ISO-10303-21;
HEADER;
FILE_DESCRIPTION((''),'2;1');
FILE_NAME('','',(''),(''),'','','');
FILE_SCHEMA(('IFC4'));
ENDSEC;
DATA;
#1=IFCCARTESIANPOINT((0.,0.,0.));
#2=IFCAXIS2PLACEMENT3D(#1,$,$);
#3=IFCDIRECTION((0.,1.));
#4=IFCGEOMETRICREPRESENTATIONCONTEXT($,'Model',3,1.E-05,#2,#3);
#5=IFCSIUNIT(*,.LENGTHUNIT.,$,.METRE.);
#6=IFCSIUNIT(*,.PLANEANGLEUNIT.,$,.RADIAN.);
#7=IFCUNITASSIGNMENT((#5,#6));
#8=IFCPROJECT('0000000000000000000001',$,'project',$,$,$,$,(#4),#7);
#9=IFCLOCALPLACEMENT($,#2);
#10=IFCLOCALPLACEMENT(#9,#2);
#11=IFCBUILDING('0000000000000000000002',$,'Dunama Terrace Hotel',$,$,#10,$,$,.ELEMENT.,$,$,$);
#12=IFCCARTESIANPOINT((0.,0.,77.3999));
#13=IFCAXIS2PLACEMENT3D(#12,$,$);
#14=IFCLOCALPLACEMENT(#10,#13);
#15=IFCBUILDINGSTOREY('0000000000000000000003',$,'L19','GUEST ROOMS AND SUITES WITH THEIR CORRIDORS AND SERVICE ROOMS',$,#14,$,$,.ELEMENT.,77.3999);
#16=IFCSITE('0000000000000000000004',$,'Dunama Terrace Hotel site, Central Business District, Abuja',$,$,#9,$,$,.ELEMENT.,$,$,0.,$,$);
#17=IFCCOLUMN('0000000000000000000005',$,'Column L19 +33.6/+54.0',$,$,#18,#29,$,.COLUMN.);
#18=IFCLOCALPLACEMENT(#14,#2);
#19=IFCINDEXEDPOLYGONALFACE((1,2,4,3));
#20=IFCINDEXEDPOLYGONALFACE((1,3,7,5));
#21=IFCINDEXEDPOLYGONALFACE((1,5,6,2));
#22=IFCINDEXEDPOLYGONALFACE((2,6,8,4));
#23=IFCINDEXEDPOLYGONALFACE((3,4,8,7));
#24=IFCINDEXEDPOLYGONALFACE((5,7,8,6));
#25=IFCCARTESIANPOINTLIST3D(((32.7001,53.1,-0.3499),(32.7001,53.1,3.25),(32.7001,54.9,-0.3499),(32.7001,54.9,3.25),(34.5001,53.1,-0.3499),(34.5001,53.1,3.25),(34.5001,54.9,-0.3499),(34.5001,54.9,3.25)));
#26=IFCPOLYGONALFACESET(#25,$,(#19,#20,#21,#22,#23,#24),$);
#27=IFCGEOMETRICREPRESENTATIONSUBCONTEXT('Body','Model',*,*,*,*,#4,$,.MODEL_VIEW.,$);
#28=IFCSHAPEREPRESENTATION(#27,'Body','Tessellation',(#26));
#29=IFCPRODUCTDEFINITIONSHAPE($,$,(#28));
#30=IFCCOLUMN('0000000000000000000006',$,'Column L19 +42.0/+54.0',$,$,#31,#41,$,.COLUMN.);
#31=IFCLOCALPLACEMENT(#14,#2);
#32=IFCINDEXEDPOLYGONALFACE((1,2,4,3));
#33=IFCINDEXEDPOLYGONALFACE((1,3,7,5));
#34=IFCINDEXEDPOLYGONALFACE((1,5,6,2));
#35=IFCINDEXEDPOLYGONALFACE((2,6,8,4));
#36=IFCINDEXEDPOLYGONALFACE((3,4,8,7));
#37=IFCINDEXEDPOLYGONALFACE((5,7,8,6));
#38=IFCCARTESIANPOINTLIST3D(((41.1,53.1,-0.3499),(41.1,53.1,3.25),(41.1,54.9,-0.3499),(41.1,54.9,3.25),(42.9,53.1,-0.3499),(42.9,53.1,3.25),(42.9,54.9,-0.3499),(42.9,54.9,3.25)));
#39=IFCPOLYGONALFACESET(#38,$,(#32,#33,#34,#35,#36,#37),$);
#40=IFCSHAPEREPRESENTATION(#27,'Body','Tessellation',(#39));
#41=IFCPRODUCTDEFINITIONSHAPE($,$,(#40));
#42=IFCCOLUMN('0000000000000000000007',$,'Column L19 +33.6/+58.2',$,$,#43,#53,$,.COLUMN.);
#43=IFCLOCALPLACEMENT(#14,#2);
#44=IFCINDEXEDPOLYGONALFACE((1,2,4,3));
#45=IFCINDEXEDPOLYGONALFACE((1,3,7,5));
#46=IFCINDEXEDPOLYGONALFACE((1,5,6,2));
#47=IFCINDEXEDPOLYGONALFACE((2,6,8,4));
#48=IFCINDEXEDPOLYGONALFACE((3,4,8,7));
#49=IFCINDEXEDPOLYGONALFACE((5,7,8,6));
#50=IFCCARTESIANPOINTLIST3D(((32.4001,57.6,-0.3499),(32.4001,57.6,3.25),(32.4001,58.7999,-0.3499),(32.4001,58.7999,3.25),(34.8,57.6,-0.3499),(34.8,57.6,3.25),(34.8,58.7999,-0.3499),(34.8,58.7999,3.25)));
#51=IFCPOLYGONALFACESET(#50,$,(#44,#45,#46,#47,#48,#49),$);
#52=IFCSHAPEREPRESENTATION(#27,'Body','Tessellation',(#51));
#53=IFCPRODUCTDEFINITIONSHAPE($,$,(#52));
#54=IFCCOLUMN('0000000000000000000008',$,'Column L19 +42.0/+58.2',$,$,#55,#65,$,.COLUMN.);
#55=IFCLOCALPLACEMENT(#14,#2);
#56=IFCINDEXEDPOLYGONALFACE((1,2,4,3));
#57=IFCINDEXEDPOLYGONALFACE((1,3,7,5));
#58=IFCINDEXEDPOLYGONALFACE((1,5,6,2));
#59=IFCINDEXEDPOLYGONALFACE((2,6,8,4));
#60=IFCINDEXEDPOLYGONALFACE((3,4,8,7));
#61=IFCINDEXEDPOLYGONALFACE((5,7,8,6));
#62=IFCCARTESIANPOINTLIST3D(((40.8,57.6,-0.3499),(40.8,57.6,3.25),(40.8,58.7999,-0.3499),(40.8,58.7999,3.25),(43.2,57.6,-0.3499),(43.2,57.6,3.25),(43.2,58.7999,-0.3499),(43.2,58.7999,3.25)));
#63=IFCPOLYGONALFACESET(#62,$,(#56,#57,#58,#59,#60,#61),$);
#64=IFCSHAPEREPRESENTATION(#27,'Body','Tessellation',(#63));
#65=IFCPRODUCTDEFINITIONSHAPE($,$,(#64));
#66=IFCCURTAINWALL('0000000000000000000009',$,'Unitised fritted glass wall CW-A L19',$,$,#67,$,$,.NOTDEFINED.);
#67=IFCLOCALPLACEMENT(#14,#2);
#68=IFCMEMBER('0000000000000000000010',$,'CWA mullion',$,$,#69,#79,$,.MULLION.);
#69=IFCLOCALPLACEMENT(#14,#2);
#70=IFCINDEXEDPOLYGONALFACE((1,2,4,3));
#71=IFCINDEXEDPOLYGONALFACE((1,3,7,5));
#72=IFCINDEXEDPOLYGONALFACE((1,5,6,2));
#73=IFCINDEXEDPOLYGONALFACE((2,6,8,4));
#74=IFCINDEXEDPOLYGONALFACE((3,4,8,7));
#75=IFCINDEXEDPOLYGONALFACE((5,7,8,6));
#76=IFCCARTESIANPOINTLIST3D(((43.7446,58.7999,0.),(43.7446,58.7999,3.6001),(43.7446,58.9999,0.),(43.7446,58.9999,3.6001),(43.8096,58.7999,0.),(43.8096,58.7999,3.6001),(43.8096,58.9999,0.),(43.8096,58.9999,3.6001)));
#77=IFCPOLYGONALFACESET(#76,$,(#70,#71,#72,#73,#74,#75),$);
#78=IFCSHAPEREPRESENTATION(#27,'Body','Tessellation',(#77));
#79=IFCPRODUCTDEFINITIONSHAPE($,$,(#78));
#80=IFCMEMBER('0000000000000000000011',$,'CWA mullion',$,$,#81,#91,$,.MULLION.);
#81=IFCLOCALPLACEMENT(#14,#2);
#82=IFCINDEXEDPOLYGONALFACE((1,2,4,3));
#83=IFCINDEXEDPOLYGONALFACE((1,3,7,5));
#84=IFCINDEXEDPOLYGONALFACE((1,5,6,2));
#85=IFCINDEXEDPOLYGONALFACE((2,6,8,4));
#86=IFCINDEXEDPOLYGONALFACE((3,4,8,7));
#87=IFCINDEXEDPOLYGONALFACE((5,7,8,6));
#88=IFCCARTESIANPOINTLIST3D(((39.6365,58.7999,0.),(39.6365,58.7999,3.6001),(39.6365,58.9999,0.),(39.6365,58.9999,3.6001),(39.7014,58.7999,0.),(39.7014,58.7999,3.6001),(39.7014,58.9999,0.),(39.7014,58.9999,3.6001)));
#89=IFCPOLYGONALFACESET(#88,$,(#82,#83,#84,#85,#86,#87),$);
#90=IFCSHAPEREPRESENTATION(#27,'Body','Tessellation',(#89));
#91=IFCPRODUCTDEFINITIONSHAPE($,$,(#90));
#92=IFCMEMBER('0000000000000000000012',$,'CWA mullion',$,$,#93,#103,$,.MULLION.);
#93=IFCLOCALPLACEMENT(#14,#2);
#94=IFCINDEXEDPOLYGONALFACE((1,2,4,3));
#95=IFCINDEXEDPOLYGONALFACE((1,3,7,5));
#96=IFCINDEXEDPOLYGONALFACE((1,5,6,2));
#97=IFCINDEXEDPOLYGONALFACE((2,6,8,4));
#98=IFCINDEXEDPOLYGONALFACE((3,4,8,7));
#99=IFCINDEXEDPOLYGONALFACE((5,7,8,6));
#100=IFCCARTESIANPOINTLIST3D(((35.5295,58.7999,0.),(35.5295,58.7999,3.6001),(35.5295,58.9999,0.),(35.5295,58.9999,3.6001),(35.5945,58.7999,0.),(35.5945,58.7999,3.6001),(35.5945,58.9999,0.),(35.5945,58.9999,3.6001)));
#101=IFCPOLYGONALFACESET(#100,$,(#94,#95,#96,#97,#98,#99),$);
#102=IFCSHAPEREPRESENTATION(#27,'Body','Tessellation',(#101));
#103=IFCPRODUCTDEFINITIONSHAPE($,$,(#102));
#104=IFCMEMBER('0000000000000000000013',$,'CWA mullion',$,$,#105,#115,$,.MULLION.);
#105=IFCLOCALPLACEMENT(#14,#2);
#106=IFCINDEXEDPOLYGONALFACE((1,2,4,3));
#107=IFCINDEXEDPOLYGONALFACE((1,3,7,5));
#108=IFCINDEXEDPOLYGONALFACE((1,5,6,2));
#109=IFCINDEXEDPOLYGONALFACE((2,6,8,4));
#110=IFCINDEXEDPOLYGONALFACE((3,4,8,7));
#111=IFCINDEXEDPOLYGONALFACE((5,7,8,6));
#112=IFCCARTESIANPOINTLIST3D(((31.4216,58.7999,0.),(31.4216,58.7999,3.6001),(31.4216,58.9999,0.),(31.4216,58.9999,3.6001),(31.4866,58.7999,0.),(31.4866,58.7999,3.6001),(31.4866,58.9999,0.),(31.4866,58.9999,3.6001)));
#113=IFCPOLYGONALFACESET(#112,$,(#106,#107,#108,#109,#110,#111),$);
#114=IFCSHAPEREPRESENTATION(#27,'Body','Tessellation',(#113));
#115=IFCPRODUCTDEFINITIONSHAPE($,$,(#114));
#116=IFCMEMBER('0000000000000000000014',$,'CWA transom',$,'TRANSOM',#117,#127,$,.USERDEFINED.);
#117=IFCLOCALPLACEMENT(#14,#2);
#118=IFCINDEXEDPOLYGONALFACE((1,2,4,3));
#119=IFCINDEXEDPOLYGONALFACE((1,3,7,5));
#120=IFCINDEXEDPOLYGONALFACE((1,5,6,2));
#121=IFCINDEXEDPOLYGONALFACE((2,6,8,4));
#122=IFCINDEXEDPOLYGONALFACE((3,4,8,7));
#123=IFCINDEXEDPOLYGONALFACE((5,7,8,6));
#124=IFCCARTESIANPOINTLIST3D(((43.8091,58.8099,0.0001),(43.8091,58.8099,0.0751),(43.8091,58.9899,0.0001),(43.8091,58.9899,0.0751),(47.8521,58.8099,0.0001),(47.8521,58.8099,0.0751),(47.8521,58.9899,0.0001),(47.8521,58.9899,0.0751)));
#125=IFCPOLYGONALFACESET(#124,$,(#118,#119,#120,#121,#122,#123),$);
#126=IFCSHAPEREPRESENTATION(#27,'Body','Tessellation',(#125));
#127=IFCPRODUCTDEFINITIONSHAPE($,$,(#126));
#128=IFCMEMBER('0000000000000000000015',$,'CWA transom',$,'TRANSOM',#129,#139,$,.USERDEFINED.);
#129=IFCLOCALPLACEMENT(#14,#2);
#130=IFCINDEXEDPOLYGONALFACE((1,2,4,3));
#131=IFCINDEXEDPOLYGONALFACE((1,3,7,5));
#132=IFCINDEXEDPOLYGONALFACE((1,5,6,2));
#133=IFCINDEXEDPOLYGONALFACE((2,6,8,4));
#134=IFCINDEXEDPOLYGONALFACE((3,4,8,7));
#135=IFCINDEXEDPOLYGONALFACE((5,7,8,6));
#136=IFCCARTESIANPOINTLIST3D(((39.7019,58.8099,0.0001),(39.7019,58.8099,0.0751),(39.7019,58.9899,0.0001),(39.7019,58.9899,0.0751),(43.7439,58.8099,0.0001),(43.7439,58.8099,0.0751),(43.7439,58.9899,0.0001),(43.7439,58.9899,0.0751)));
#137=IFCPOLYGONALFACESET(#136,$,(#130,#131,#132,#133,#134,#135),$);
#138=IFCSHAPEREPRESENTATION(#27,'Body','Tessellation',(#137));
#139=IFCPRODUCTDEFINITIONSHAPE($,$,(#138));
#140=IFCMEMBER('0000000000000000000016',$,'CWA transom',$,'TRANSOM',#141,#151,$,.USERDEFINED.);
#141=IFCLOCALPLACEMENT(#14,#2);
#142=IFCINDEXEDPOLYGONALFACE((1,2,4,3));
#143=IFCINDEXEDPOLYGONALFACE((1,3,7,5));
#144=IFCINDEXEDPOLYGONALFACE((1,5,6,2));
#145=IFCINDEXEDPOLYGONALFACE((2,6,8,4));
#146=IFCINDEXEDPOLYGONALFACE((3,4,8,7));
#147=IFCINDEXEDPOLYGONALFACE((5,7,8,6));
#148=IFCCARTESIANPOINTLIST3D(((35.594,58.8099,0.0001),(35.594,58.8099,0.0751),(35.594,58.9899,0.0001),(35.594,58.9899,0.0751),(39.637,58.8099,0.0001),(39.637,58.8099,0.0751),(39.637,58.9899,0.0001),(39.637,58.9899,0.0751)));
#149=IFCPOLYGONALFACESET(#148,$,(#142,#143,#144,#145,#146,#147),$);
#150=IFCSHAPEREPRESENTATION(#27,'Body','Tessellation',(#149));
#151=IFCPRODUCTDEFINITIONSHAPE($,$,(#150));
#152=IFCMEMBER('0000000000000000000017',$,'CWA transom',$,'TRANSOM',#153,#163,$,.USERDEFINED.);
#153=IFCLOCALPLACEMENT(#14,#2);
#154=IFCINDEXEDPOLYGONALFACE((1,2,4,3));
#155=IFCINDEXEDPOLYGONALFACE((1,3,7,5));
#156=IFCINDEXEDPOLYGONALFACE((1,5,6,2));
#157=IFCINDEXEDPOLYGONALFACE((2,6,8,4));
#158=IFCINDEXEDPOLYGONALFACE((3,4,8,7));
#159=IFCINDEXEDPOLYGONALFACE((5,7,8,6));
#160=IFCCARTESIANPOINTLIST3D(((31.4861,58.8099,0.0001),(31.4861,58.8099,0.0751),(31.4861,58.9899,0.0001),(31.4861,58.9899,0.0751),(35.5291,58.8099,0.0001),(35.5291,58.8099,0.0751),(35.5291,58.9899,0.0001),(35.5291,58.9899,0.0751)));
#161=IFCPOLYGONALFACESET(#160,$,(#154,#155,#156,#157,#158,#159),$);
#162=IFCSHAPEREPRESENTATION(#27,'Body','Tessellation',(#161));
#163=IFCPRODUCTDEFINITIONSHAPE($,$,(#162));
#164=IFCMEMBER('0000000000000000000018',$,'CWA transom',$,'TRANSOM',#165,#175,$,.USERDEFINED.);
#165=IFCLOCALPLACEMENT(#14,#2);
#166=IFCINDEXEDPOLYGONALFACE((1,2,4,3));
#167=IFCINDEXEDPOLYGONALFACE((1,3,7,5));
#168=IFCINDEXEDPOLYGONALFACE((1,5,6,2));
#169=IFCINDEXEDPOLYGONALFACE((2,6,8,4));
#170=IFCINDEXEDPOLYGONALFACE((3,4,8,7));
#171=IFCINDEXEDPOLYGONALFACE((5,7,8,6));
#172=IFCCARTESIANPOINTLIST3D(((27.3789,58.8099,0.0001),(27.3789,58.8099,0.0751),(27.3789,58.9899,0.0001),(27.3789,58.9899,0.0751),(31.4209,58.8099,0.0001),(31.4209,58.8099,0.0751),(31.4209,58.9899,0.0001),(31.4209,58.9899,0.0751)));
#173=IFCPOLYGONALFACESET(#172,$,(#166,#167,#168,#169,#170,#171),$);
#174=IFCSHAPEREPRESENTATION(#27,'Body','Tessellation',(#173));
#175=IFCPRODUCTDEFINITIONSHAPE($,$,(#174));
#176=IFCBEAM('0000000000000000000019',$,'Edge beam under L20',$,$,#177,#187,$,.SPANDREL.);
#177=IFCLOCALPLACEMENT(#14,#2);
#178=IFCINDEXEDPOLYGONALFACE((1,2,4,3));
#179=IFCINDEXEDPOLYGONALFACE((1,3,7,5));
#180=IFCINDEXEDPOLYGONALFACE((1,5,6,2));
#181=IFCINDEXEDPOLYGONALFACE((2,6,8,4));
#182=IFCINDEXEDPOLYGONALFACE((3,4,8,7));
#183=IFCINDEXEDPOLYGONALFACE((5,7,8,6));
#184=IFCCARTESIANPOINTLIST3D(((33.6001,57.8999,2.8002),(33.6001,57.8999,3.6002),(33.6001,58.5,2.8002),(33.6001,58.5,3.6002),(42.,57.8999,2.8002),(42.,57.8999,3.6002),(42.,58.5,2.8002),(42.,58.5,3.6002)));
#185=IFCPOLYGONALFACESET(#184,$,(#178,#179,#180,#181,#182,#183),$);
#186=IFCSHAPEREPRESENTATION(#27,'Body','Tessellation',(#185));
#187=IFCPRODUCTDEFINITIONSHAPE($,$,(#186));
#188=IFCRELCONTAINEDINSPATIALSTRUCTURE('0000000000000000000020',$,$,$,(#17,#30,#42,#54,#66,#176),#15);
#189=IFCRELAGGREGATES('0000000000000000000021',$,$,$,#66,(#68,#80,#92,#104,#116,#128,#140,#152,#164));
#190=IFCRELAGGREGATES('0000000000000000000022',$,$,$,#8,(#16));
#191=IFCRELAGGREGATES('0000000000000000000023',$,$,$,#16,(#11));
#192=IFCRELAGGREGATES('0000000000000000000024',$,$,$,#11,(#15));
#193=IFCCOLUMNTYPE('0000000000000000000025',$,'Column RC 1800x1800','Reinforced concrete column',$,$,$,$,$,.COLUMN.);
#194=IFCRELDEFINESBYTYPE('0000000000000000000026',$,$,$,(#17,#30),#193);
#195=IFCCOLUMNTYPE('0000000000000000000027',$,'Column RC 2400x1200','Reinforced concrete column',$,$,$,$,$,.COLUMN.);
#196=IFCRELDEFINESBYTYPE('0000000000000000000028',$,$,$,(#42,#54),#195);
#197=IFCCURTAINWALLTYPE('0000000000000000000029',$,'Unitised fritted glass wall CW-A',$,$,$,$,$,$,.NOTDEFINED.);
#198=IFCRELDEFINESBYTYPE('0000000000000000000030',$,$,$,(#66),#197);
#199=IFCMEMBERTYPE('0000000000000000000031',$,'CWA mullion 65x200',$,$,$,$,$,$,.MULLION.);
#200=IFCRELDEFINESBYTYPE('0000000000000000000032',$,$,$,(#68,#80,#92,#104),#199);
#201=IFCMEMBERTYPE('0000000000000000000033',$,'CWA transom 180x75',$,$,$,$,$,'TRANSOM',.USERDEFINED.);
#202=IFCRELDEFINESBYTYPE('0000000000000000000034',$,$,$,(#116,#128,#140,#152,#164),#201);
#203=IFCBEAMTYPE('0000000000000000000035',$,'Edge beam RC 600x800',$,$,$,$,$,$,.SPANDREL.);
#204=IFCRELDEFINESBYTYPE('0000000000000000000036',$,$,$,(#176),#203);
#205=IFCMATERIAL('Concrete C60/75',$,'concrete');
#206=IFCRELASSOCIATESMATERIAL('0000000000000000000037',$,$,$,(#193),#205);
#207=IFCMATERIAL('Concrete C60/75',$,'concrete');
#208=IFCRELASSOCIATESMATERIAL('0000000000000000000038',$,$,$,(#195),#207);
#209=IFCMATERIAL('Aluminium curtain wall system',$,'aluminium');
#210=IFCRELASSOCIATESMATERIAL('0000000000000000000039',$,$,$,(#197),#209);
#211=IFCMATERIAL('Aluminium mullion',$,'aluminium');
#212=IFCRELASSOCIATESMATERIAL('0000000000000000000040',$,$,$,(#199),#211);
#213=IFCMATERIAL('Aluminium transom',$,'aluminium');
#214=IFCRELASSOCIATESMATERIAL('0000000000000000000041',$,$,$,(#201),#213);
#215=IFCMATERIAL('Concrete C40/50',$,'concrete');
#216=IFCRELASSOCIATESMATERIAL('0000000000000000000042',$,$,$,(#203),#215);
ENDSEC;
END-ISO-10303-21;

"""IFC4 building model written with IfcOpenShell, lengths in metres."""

from ifc_helpers import new_model, si_unit, direction, frame, origin, origin_2d, place, context, subcontext, project, spatial, rectangle, extrude, material, material_profile, profile_set, type_object, element, aggregate, save


model = new_model("IFC4")

# Units and contexts
model_context = context("Model", 3, precision=1e-05, world=origin(), true_north=direction((0.0, 1.0)))
body_context = subcontext(model_context, "Body", "Model", "MODEL_VIEW")
ifc_project = project(units=[si_unit("LENGTHUNIT", "METRE"), si_unit("PLANEANGLEUNIT", "RADIAN")], contexts=[model_context])

# Site, building, storey
site_placement = place(None, origin())
site = spatial("IfcSite", under=ifc_project, at=site_placement, Name="Dunama Terrace Hotel site, Central Business District, Abuja", CompositionType="ELEMENT", RefElevation=0.0)
building_placement = place(site_placement, origin())
building = spatial("IfcBuilding", under=site, at=building_placement, Name="Dunama Terrace Hotel", CompositionType="ELEMENT")
storey_placement = place(building_placement, frame((0.0, 0.0, 77.3999)))
storey = spatial("IfcBuildingStorey", under=building, at=storey_placement, Name="L19", Description="GUEST ROOMS AND SUITES WITH THEIR CORRIDORS AND SERVICE ROOMS", CompositionType="ELEMENT", Elevation=77.3999)

# Columns
ifc_material_1 = material(Name="Concrete C60/75", Category="concrete")
ifc_material_profile_1 = material_profile(ifc_material_1, rectangle(XDim=1.8, YDim=1.8, at=origin_2d()), Name="RC 1800x1800")
ifc_profile_set_1 = profile_set([ifc_material_profile_1], Name="Concrete C60/75")
column_type_1 = type_object("IfcColumnType", Name="Column RC 1800x1800", Description="Reinforced concrete column", PredefinedType="COLUMN", material=ifc_profile_set_1)
for number, where, z_axis, x_axis, name in (
    (1, (33.6001, 54.0, -0.3499), (0.0, 0.0, 1.0), (1.0, 0.0, 0.0), "Column L19 +33.6/+54.0"),
    (2, (42.0, 54.0, -0.3499), (0.0, 0.0, 1.0), (1.0, 0.0, 0.0), "Column L19 +42.0/+54.0"),
):
    element("IfcColumn", number, at=place(storey_placement, frame(where, z_axis=z_axis, x_axis=x_axis)), inside=storey, type_object=column_type_1, Name=name, PredefinedType="COLUMN", context=body_context, shape_type="SweptSolid", body=[
        extrude(rectangle(XDim=1.8, YDim=1.8, at=origin_2d()), origin(), (0.0, 0.0, 1.0), 3.5999),
    ])
ifc_material_2 = material(Name="Concrete C60/75", Category="concrete")
ifc_material_profile_2 = material_profile(ifc_material_2, rectangle(XDim=2.3999, YDim=1.2, at=origin_2d()), Name="RC 2400x1200")
ifc_profile_set_2 = profile_set([ifc_material_profile_2], Name="Concrete C60/75")
column_type_2 = type_object("IfcColumnType", Name="Column RC 2400x1200", Description="Reinforced concrete column", PredefinedType="COLUMN", material=ifc_profile_set_2)
for number, where, z_axis, x_axis, name in (
    (3, (33.6001, 58.2, -0.3499), (0.0, 0.0, 1.0), (1.0, 0.0, 0.0), "Column L19 +33.6/+58.2"),
    (4, (42.0, 58.2, -0.3499), (0.0, 0.0, 1.0), (1.0, 0.0, 0.0), "Column L19 +42.0/+58.2"),
):
    element("IfcColumn", number, at=place(storey_placement, frame(where, z_axis=z_axis, x_axis=x_axis)), inside=storey, type_object=column_type_2, Name=name, PredefinedType="COLUMN", context=body_context, shape_type="SweptSolid", body=[
        extrude(rectangle(XDim=2.3999, YDim=1.2, at=origin_2d()), origin(), (0.0, 0.0, 1.0), 3.5999),
    ])

# Curtain wall, members
ifc_material_3 = material(Name="Aluminium curtain wall system", Category="aluminium")
curtain_wall_type = type_object("IfcCurtainWallType", Name="Unitised fritted glass wall CW-A", PredefinedType="NOTDEFINED", material=ifc_material_3)
curtain_wall_placement = place(storey_placement, origin())
curtain_wall = element("IfcCurtainWall", 5, at=curtain_wall_placement, inside=storey, type_object=curtain_wall_type, Name="Unitised fritted glass wall CW-A L19", PredefinedType="NOTDEFINED")
ifc_material_4 = material(Name="Aluminium mullion", Category="aluminium")
ifc_material_profile_3 = material_profile(ifc_material_4, rectangle(XDim=0.0649, YDim=0.2, at=origin_2d()), Name="CWA MULLION 65X200")
ifc_profile_set_3 = profile_set([ifc_material_profile_3], Name="Aluminium mullion")
member_type_1 = type_object("IfcMemberType", Name="CWA mullion 65x200", PredefinedType="MULLION", material=ifc_profile_set_3)
member_1_placement = place(storey_placement, frame((43.7771, 58.8999, 0.0), z_axis=(0.0, 0.0, 1.0), x_axis=(-1.0, 0.0, 0.0)))
member_1 = element("IfcMember", 6, at=member_1_placement, type_object=member_type_1, Name="CWA mullion", PredefinedType="MULLION", context=body_context, shape_type="SweptSolid", body=[
    extrude(rectangle(XDim=0.0649, YDim=0.2, at=origin_2d()), origin(), (0.0, 0.0, 1.0), 3.6001),
])
member_2_placement = place(storey_placement, frame((39.6689, 58.8999, 0.0), z_axis=(0.0, 0.0, 1.0), x_axis=(-1.0, 0.0, 0.0)))
member_2 = element("IfcMember", 7, at=member_2_placement, type_object=member_type_1, Name="CWA mullion", PredefinedType="MULLION", context=body_context, shape_type="SweptSolid", body=[
    extrude(rectangle(XDim=0.0649, YDim=0.2, at=origin_2d()), origin(), (0.0, 0.0, 1.0), 3.6001),
])
member_3_placement = place(storey_placement, frame((35.562, 58.8999, 0.0), z_axis=(0.0, 0.0, 1.0), x_axis=(-1.0, 0.0, 0.0)))
member_3 = element("IfcMember", 8, at=member_3_placement, type_object=member_type_1, Name="CWA mullion", PredefinedType="MULLION", context=body_context, shape_type="SweptSolid", body=[
    extrude(rectangle(XDim=0.0649, YDim=0.2, at=origin_2d()), origin(), (0.0, 0.0, 1.0), 3.6001),
])
member_4_placement = place(storey_placement, frame((31.4541, 58.8999, 0.0), z_axis=(0.0, 0.0, 1.0), x_axis=(-1.0, 0.0, 0.0)))
member_4 = element("IfcMember", 9, at=member_4_placement, type_object=member_type_1, Name="CWA mullion", PredefinedType="MULLION", context=body_context, shape_type="SweptSolid", body=[
    extrude(rectangle(XDim=0.0649, YDim=0.2, at=origin_2d()), origin(), (0.0, 0.0, 1.0), 3.6001),
])
ifc_material_5 = material(Name="Aluminium transom", Category="aluminium")
ifc_material_profile_4 = material_profile(ifc_material_5, rectangle(XDim=0.1799, YDim=0.075, at=origin_2d()), Name="CWA TRANSOM 180X75")
ifc_profile_set_4 = profile_set([ifc_material_profile_4], Name="Aluminium transom")
member_type_2 = type_object("IfcMemberType", Name="CWA transom 180x75", ElementType="TRANSOM", PredefinedType="USERDEFINED", material=ifc_profile_set_4)
member_5_placement = place(storey_placement, frame((47.8521, 58.8999, 0.0376), z_axis=(-1.0, 0.0, 0.0), x_axis=(0.0, -1.0, 0.0)))
member_5 = element("IfcMember", 10, at=member_5_placement, type_object=member_type_2, Name="CWA transom", ObjectType="TRANSOM", PredefinedType="USERDEFINED", context=body_context, shape_type="SweptSolid", body=[
    extrude(rectangle(XDim=0.1799, YDim=0.075, at=origin_2d()), origin(), (0.0, 0.0, 1.0), 4.043),
])
member_6_placement = place(storey_placement, frame((43.7439, 58.8999, 0.0376), z_axis=(-1.0, 0.0, 0.0), x_axis=(0.0, -1.0, 0.0)))
member_6 = element("IfcMember", 11, at=member_6_placement, type_object=member_type_2, Name="CWA transom", ObjectType="TRANSOM", PredefinedType="USERDEFINED", context=body_context, shape_type="SweptSolid", body=[
    extrude(rectangle(XDim=0.1799, YDim=0.075, at=origin_2d()), origin(), (0.0, 0.0, 1.0), 4.042),
])
member_7_placement = place(storey_placement, frame((39.637, 58.8999, 0.0376), z_axis=(-1.0, 0.0, 0.0), x_axis=(0.0, -1.0, 0.0)))
member_7 = element("IfcMember", 12, at=member_7_placement, type_object=member_type_2, Name="CWA transom", ObjectType="TRANSOM", PredefinedType="USERDEFINED", context=body_context, shape_type="SweptSolid", body=[
    extrude(rectangle(XDim=0.1799, YDim=0.075, at=origin_2d()), origin(), (0.0, 0.0, 1.0), 4.043),
])
member_8_placement = place(storey_placement, frame((35.5291, 58.8999, 0.0376), z_axis=(-1.0, 0.0, 0.0), x_axis=(0.0, -1.0, 0.0)))
member_8 = element("IfcMember", 13, at=member_8_placement, type_object=member_type_2, Name="CWA transom", ObjectType="TRANSOM", PredefinedType="USERDEFINED", context=body_context, shape_type="SweptSolid", body=[
    extrude(rectangle(XDim=0.1799, YDim=0.075, at=origin_2d()), origin(), (0.0, 0.0, 1.0), 4.043),
])
member_9_placement = place(storey_placement, frame((31.4209, 58.8999, 0.0376), z_axis=(-1.0, 0.0, 0.0), x_axis=(0.0, -1.0, 0.0)))
member_9 = element("IfcMember", 14, at=member_9_placement, type_object=member_type_2, Name="CWA transom", ObjectType="TRANSOM", PredefinedType="USERDEFINED", context=body_context, shape_type="SweptSolid", body=[
    extrude(rectangle(XDim=0.1799, YDim=0.075, at=origin_2d()), origin(), (0.0, 0.0, 1.0), 4.042),
])

# Beam
ifc_material_6 = material(Name="Concrete C40/50", Category="concrete")
ifc_material_profile_5 = material_profile(ifc_material_6, rectangle(XDim=0.6001, YDim=0.8, at=origin_2d()), Name="RC 600x800")
ifc_profile_set_5 = profile_set([ifc_material_profile_5], Name="Concrete C40/50")
beam_type = type_object("IfcBeamType", Name="Edge beam RC 600x800", PredefinedType="SPANDREL", material=ifc_profile_set_5)
for number, where, z_axis, x_axis, name in (
    (15, (33.6001, 58.2, 3.2002), (1.0, 0.0, 0.0), (0.0, 1.0, 0.0), "Edge beam under L20"),
):
    element("IfcBeam", number, at=place(storey_placement, frame(where, z_axis=z_axis, x_axis=x_axis)), inside=storey, type_object=beam_type, Name=name, PredefinedType="SPANDREL", context=body_context, shape_type="SweptSolid", body=[
        extrude(rectangle(XDim=0.6001, YDim=0.8, at=origin_2d()), origin(), (0.0, 0.0, 1.0), 8.3999),
    ])

aggregate(curtain_wall, [member_1, member_2, member_3, member_4, member_5, member_6, member_7, member_8, member_9])

save(model, "model.ifc")
